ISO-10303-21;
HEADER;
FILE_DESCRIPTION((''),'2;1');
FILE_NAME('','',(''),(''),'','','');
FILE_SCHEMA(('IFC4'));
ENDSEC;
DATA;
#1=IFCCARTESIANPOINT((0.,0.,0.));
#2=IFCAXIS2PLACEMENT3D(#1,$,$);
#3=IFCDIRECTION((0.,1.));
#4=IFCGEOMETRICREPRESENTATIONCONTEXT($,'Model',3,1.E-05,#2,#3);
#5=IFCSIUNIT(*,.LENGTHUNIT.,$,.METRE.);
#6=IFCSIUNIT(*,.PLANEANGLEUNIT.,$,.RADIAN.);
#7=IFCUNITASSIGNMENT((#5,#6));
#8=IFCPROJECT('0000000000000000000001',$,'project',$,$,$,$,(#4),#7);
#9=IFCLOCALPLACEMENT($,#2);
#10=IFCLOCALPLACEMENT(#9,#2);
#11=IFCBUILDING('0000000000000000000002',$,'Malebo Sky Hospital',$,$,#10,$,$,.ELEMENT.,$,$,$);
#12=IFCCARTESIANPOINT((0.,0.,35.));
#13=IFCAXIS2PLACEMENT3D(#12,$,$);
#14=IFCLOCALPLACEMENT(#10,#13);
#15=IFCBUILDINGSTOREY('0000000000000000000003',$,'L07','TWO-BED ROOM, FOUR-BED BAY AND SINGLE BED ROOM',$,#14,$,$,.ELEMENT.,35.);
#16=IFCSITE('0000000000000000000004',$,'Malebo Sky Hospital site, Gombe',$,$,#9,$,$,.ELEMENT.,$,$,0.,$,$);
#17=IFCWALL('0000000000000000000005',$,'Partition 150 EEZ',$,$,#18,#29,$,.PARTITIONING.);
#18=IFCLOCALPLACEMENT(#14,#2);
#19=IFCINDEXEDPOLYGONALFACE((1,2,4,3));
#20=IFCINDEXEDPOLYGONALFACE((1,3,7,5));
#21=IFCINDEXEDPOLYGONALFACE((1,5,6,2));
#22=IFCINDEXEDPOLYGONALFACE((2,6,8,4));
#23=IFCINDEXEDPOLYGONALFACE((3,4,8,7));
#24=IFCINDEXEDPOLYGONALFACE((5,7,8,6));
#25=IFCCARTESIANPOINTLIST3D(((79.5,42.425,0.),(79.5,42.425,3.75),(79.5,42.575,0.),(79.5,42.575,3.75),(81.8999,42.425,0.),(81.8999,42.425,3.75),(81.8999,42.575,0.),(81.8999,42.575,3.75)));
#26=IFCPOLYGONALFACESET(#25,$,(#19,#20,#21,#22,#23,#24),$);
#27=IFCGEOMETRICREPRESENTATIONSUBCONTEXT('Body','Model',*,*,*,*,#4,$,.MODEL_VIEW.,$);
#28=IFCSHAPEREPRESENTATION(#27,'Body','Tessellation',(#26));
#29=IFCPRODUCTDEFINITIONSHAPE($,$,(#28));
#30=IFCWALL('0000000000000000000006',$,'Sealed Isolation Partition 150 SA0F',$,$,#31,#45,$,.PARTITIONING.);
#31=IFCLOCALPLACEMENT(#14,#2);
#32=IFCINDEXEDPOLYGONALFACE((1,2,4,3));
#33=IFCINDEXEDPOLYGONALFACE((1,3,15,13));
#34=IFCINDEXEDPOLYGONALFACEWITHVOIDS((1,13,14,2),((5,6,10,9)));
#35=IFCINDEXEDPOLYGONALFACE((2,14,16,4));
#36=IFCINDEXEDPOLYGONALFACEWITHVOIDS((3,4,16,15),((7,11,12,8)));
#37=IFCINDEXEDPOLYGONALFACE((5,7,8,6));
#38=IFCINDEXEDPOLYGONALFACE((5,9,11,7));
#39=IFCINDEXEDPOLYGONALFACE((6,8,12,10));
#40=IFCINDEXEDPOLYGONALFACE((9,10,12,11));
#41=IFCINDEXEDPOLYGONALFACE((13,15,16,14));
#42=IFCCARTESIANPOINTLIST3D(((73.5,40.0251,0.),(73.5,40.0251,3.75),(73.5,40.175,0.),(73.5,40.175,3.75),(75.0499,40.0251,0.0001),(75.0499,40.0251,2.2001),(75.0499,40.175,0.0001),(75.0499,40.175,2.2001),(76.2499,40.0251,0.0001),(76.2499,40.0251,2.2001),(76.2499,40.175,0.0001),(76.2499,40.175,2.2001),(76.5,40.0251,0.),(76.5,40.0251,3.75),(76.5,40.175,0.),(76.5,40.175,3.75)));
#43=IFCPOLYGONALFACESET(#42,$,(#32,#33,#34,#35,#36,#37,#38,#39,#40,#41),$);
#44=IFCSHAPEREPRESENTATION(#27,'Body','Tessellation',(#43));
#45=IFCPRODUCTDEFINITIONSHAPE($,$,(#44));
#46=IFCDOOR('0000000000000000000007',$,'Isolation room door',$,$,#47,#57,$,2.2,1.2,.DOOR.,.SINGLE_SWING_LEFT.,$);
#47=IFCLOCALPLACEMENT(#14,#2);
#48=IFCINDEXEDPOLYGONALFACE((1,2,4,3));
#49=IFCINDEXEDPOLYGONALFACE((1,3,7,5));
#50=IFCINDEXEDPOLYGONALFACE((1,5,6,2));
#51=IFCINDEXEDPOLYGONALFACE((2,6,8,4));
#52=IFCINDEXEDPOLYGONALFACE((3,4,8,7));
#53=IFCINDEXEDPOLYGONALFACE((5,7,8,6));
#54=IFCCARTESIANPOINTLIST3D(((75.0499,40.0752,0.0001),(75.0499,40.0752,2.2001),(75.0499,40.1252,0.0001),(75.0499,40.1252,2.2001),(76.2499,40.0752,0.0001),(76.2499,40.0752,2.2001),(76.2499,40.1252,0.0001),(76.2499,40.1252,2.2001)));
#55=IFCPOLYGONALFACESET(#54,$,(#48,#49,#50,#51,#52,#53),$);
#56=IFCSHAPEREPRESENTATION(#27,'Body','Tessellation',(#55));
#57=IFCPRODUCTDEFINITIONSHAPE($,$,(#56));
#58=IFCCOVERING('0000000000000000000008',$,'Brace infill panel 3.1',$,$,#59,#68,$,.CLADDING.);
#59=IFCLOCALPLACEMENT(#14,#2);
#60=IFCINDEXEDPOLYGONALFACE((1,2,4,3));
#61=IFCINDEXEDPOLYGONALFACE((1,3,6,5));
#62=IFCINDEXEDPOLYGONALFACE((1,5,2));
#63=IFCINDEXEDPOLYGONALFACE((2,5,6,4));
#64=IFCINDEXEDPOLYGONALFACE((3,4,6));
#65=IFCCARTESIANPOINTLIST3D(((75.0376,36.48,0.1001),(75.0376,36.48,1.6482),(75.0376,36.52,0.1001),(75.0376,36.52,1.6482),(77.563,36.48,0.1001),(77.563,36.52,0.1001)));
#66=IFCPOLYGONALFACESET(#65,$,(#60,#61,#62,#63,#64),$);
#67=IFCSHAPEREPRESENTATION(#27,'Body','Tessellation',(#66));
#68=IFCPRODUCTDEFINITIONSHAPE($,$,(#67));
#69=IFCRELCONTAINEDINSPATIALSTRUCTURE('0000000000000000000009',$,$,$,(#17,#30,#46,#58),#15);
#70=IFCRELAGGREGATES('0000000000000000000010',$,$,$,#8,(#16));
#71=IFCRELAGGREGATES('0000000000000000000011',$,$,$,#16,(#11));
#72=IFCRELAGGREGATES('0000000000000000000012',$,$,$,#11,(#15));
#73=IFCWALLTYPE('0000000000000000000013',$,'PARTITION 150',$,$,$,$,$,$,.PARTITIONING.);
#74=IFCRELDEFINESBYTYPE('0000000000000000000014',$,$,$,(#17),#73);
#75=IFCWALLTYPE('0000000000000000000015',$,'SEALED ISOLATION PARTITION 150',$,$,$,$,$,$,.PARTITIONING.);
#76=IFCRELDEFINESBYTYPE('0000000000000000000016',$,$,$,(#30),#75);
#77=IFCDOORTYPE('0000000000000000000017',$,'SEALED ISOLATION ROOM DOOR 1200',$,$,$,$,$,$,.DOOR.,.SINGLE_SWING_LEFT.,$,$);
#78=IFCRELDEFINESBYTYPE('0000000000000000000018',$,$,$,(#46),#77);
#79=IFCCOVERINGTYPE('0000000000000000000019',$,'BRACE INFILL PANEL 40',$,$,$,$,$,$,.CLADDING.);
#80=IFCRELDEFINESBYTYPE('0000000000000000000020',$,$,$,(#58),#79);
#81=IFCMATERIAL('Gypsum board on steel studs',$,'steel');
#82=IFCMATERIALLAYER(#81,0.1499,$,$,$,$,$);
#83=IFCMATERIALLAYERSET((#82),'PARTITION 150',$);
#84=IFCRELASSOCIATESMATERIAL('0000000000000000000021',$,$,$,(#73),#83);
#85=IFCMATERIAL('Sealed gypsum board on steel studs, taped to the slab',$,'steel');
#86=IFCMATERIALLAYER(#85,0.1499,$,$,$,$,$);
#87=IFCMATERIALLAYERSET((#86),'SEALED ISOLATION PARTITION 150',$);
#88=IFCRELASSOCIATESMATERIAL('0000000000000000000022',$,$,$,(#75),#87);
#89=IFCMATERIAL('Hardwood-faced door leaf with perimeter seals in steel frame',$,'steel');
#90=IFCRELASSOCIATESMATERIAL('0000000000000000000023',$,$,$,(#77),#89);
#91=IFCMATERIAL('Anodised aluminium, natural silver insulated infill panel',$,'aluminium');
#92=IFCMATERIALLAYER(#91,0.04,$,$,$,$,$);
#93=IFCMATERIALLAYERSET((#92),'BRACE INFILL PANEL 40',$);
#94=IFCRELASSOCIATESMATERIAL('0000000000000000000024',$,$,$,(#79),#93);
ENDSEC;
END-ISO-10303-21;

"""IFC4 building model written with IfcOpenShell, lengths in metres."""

from ifc_helpers import new_model, si_unit, direction, frame, frame_2d, origin, place, context, subcontext, project, spatial, polyline, rectangle, outline, extrude, material, layer, layer_set, type_object, element, fill, save


model = new_model("IFC4")

# Units and contexts
model_context = context("Model", 3, precision=1e-05, world=origin(), true_north=direction((0.0, 1.0)))
body_context = subcontext(model_context, "Body", "Model", "MODEL_VIEW")
ifc_project = project(units=[si_unit("LENGTHUNIT", "METRE"), si_unit("PLANEANGLEUNIT", "RADIAN")], contexts=[model_context])

# Site, building, storey
site_placement = place(None, origin())
site = spatial("IfcSite", under=ifc_project, at=site_placement, Name="Malebo Sky Hospital site, Gombe", CompositionType="ELEMENT", RefElevation=0.0)
building_placement = place(site_placement, origin())
building = spatial("IfcBuilding", under=site, at=building_placement, Name="Malebo Sky Hospital", CompositionType="ELEMENT")
storey_placement = place(building_placement, frame((0.0, 0.0, 35.0)))
storey = spatial("IfcBuildingStorey", under=building, at=storey_placement, Name="L07", Description="TWO-BED ROOM, FOUR-BED BAY AND SINGLE BED ROOM", CompositionType="ELEMENT", Elevation=35.0)

# Shared definitions
ifc_material_1 = material(Name="Gypsum board on steel studs", Category="steel")

# Shared definitions
ifc_layer_1 = layer(ifc_material_1, 0.1499)
ifc_layer_set_1 = layer_set([ifc_layer_1], Name="PARTITION 150")
wall_type_1 = type_object("IfcWallType", Name="PARTITION 150", PredefinedType="PARTITIONING", material=ifc_layer_set_1)

# Wall
for number, where, z_axis, x_axis, name in (
    (1, (79.5, 42.5, 0.0), (0.0, 0.0, 1.0), (1.0, 0.0, 0.0), "Partition 150 EEZ"),
):
    element("IfcWall", number, at=place(storey_placement, frame(where, z_axis=z_axis, x_axis=x_axis)), inside=storey, type_object=wall_type_1, Name=name, PredefinedType="PARTITIONING", context=body_context, shape_type="SweptSolid", body=[
        extrude(rectangle(XDim=2.3999, YDim=0.1499, at=frame_2d((1.2, 0.0))), origin(), (0.0, 0.0, 1.0), 3.75),
    ])

# Wall, opening, door
ifc_material_2 = material(Name="Sealed gypsum board on steel studs, taped to the slab", Category="steel")
ifc_layer_2 = layer(ifc_material_2, 0.1499)
ifc_layer_set_2 = layer_set([ifc_layer_2], Name="SEALED ISOLATION PARTITION 150")
wall_type_2 = type_object("IfcWallType", Name="SEALED ISOLATION PARTITION 150", PredefinedType="PARTITIONING", material=ifc_layer_set_2)
wall_1_placement = place(storey_placement, frame((76.5, 40.1001, 0.0), z_axis=(0.0, 0.0, 1.0), x_axis=(-1.0, 0.0, 0.0)))
wall_1 = element("IfcWall", 2, at=wall_1_placement, inside=storey, type_object=wall_type_2, Name="Sealed Isolation Partition 150 SA0F", PredefinedType="PARTITIONING", context=body_context, shape_type="SweptSolid", body=[
    extrude(rectangle(XDim=3.0, YDim=0.1499, at=frame_2d((1.5, 0.0))), origin(), (0.0, 0.0, 1.0), 3.75),
])
opening_1_placement = place(wall_1_placement, frame((0.25, 0.0, 0.0)))
opening_1 = element("IfcOpeningElement", 3, at=opening_1_placement, cuts=wall_1, PredefinedType="OPENING", context=body_context, shape_type="SweptSolid", body=[
    extrude(rectangle(XDim=1.2, YDim=2.2, at=frame_2d((0.6001, 1.1001))), frame((0.0, 0.085, 0.0), z_axis=(0.0, -1.0, 0.0), x_axis=(1.0, 0.0, 0.0)), (0.0, 0.0, 1.0), 0.1699),
])
ifc_material_3 = material(Name="Hardwood-faced door leaf with perimeter seals in steel frame", Category="steel")
door_type_1 = type_object("IfcDoorType", Name="SEALED ISOLATION ROOM DOOR 1200", OperationType="SINGLE_SWING_LEFT", PredefinedType="DOOR", material=ifc_material_3)
door_1_placement = place(opening_1_placement, origin())
door_1 = element("IfcDoor", 4, at=door_1_placement, inside=storey, type_object=door_type_1, Name="Isolation room door", OperationType="SINGLE_SWING_LEFT", OverallHeight=2.2, OverallWidth=1.2, PredefinedType="DOOR", context=body_context, shape_type="SweptSolid", body=[
    extrude(rectangle(XDim=1.2, YDim=2.2, at=frame_2d((0.6001, 1.1001))), frame((0.0, 0.0249, 0.0), z_axis=(0.0, -1.0, 0.0), x_axis=(1.0, 0.0, 0.0)), (0.0, 0.0, 1.0), 0.05),
])
fill(opening_1, door_1)

# Covering
ifc_material_4 = material(Name="Anodised aluminium, natural silver insulated infill panel", Category="aluminium")
ifc_layer_3 = layer(ifc_material_4, 0.04)
ifc_layer_set_3 = layer_set([ifc_layer_3], Name="BRACE INFILL PANEL 40")
covering_type = type_object("IfcCoveringType", Name="BRACE INFILL PANEL 40", PredefinedType="CLADDING", material=ifc_layer_set_3)
covering_placement = place(storey_placement, frame((76.3003, 36.5, 0.1001), z_axis=(0.0, 0.0, 1.0), x_axis=(-1.0, 0.0, 0.0)))
element("IfcCovering", 5, at=covering_placement, inside=storey, type_object=covering_type, Name="Brace infill panel 3.1", PredefinedType="CLADDING", context=body_context, shape_type="SweptSolid", body=[
    extrude(outline(polyline([(-1.2627, 0.0), (1.2627, 0.0), (1.2627, 1.5481), (-1.2627, 0.0)])), frame((0.0, 0.02, 0.0), z_axis=(0.0, -1.0, 0.0), x_axis=(1.0, 0.0, 0.0)), (0.0, 0.0, 1.0), 0.04),
])

save(model, "model.ifc")
